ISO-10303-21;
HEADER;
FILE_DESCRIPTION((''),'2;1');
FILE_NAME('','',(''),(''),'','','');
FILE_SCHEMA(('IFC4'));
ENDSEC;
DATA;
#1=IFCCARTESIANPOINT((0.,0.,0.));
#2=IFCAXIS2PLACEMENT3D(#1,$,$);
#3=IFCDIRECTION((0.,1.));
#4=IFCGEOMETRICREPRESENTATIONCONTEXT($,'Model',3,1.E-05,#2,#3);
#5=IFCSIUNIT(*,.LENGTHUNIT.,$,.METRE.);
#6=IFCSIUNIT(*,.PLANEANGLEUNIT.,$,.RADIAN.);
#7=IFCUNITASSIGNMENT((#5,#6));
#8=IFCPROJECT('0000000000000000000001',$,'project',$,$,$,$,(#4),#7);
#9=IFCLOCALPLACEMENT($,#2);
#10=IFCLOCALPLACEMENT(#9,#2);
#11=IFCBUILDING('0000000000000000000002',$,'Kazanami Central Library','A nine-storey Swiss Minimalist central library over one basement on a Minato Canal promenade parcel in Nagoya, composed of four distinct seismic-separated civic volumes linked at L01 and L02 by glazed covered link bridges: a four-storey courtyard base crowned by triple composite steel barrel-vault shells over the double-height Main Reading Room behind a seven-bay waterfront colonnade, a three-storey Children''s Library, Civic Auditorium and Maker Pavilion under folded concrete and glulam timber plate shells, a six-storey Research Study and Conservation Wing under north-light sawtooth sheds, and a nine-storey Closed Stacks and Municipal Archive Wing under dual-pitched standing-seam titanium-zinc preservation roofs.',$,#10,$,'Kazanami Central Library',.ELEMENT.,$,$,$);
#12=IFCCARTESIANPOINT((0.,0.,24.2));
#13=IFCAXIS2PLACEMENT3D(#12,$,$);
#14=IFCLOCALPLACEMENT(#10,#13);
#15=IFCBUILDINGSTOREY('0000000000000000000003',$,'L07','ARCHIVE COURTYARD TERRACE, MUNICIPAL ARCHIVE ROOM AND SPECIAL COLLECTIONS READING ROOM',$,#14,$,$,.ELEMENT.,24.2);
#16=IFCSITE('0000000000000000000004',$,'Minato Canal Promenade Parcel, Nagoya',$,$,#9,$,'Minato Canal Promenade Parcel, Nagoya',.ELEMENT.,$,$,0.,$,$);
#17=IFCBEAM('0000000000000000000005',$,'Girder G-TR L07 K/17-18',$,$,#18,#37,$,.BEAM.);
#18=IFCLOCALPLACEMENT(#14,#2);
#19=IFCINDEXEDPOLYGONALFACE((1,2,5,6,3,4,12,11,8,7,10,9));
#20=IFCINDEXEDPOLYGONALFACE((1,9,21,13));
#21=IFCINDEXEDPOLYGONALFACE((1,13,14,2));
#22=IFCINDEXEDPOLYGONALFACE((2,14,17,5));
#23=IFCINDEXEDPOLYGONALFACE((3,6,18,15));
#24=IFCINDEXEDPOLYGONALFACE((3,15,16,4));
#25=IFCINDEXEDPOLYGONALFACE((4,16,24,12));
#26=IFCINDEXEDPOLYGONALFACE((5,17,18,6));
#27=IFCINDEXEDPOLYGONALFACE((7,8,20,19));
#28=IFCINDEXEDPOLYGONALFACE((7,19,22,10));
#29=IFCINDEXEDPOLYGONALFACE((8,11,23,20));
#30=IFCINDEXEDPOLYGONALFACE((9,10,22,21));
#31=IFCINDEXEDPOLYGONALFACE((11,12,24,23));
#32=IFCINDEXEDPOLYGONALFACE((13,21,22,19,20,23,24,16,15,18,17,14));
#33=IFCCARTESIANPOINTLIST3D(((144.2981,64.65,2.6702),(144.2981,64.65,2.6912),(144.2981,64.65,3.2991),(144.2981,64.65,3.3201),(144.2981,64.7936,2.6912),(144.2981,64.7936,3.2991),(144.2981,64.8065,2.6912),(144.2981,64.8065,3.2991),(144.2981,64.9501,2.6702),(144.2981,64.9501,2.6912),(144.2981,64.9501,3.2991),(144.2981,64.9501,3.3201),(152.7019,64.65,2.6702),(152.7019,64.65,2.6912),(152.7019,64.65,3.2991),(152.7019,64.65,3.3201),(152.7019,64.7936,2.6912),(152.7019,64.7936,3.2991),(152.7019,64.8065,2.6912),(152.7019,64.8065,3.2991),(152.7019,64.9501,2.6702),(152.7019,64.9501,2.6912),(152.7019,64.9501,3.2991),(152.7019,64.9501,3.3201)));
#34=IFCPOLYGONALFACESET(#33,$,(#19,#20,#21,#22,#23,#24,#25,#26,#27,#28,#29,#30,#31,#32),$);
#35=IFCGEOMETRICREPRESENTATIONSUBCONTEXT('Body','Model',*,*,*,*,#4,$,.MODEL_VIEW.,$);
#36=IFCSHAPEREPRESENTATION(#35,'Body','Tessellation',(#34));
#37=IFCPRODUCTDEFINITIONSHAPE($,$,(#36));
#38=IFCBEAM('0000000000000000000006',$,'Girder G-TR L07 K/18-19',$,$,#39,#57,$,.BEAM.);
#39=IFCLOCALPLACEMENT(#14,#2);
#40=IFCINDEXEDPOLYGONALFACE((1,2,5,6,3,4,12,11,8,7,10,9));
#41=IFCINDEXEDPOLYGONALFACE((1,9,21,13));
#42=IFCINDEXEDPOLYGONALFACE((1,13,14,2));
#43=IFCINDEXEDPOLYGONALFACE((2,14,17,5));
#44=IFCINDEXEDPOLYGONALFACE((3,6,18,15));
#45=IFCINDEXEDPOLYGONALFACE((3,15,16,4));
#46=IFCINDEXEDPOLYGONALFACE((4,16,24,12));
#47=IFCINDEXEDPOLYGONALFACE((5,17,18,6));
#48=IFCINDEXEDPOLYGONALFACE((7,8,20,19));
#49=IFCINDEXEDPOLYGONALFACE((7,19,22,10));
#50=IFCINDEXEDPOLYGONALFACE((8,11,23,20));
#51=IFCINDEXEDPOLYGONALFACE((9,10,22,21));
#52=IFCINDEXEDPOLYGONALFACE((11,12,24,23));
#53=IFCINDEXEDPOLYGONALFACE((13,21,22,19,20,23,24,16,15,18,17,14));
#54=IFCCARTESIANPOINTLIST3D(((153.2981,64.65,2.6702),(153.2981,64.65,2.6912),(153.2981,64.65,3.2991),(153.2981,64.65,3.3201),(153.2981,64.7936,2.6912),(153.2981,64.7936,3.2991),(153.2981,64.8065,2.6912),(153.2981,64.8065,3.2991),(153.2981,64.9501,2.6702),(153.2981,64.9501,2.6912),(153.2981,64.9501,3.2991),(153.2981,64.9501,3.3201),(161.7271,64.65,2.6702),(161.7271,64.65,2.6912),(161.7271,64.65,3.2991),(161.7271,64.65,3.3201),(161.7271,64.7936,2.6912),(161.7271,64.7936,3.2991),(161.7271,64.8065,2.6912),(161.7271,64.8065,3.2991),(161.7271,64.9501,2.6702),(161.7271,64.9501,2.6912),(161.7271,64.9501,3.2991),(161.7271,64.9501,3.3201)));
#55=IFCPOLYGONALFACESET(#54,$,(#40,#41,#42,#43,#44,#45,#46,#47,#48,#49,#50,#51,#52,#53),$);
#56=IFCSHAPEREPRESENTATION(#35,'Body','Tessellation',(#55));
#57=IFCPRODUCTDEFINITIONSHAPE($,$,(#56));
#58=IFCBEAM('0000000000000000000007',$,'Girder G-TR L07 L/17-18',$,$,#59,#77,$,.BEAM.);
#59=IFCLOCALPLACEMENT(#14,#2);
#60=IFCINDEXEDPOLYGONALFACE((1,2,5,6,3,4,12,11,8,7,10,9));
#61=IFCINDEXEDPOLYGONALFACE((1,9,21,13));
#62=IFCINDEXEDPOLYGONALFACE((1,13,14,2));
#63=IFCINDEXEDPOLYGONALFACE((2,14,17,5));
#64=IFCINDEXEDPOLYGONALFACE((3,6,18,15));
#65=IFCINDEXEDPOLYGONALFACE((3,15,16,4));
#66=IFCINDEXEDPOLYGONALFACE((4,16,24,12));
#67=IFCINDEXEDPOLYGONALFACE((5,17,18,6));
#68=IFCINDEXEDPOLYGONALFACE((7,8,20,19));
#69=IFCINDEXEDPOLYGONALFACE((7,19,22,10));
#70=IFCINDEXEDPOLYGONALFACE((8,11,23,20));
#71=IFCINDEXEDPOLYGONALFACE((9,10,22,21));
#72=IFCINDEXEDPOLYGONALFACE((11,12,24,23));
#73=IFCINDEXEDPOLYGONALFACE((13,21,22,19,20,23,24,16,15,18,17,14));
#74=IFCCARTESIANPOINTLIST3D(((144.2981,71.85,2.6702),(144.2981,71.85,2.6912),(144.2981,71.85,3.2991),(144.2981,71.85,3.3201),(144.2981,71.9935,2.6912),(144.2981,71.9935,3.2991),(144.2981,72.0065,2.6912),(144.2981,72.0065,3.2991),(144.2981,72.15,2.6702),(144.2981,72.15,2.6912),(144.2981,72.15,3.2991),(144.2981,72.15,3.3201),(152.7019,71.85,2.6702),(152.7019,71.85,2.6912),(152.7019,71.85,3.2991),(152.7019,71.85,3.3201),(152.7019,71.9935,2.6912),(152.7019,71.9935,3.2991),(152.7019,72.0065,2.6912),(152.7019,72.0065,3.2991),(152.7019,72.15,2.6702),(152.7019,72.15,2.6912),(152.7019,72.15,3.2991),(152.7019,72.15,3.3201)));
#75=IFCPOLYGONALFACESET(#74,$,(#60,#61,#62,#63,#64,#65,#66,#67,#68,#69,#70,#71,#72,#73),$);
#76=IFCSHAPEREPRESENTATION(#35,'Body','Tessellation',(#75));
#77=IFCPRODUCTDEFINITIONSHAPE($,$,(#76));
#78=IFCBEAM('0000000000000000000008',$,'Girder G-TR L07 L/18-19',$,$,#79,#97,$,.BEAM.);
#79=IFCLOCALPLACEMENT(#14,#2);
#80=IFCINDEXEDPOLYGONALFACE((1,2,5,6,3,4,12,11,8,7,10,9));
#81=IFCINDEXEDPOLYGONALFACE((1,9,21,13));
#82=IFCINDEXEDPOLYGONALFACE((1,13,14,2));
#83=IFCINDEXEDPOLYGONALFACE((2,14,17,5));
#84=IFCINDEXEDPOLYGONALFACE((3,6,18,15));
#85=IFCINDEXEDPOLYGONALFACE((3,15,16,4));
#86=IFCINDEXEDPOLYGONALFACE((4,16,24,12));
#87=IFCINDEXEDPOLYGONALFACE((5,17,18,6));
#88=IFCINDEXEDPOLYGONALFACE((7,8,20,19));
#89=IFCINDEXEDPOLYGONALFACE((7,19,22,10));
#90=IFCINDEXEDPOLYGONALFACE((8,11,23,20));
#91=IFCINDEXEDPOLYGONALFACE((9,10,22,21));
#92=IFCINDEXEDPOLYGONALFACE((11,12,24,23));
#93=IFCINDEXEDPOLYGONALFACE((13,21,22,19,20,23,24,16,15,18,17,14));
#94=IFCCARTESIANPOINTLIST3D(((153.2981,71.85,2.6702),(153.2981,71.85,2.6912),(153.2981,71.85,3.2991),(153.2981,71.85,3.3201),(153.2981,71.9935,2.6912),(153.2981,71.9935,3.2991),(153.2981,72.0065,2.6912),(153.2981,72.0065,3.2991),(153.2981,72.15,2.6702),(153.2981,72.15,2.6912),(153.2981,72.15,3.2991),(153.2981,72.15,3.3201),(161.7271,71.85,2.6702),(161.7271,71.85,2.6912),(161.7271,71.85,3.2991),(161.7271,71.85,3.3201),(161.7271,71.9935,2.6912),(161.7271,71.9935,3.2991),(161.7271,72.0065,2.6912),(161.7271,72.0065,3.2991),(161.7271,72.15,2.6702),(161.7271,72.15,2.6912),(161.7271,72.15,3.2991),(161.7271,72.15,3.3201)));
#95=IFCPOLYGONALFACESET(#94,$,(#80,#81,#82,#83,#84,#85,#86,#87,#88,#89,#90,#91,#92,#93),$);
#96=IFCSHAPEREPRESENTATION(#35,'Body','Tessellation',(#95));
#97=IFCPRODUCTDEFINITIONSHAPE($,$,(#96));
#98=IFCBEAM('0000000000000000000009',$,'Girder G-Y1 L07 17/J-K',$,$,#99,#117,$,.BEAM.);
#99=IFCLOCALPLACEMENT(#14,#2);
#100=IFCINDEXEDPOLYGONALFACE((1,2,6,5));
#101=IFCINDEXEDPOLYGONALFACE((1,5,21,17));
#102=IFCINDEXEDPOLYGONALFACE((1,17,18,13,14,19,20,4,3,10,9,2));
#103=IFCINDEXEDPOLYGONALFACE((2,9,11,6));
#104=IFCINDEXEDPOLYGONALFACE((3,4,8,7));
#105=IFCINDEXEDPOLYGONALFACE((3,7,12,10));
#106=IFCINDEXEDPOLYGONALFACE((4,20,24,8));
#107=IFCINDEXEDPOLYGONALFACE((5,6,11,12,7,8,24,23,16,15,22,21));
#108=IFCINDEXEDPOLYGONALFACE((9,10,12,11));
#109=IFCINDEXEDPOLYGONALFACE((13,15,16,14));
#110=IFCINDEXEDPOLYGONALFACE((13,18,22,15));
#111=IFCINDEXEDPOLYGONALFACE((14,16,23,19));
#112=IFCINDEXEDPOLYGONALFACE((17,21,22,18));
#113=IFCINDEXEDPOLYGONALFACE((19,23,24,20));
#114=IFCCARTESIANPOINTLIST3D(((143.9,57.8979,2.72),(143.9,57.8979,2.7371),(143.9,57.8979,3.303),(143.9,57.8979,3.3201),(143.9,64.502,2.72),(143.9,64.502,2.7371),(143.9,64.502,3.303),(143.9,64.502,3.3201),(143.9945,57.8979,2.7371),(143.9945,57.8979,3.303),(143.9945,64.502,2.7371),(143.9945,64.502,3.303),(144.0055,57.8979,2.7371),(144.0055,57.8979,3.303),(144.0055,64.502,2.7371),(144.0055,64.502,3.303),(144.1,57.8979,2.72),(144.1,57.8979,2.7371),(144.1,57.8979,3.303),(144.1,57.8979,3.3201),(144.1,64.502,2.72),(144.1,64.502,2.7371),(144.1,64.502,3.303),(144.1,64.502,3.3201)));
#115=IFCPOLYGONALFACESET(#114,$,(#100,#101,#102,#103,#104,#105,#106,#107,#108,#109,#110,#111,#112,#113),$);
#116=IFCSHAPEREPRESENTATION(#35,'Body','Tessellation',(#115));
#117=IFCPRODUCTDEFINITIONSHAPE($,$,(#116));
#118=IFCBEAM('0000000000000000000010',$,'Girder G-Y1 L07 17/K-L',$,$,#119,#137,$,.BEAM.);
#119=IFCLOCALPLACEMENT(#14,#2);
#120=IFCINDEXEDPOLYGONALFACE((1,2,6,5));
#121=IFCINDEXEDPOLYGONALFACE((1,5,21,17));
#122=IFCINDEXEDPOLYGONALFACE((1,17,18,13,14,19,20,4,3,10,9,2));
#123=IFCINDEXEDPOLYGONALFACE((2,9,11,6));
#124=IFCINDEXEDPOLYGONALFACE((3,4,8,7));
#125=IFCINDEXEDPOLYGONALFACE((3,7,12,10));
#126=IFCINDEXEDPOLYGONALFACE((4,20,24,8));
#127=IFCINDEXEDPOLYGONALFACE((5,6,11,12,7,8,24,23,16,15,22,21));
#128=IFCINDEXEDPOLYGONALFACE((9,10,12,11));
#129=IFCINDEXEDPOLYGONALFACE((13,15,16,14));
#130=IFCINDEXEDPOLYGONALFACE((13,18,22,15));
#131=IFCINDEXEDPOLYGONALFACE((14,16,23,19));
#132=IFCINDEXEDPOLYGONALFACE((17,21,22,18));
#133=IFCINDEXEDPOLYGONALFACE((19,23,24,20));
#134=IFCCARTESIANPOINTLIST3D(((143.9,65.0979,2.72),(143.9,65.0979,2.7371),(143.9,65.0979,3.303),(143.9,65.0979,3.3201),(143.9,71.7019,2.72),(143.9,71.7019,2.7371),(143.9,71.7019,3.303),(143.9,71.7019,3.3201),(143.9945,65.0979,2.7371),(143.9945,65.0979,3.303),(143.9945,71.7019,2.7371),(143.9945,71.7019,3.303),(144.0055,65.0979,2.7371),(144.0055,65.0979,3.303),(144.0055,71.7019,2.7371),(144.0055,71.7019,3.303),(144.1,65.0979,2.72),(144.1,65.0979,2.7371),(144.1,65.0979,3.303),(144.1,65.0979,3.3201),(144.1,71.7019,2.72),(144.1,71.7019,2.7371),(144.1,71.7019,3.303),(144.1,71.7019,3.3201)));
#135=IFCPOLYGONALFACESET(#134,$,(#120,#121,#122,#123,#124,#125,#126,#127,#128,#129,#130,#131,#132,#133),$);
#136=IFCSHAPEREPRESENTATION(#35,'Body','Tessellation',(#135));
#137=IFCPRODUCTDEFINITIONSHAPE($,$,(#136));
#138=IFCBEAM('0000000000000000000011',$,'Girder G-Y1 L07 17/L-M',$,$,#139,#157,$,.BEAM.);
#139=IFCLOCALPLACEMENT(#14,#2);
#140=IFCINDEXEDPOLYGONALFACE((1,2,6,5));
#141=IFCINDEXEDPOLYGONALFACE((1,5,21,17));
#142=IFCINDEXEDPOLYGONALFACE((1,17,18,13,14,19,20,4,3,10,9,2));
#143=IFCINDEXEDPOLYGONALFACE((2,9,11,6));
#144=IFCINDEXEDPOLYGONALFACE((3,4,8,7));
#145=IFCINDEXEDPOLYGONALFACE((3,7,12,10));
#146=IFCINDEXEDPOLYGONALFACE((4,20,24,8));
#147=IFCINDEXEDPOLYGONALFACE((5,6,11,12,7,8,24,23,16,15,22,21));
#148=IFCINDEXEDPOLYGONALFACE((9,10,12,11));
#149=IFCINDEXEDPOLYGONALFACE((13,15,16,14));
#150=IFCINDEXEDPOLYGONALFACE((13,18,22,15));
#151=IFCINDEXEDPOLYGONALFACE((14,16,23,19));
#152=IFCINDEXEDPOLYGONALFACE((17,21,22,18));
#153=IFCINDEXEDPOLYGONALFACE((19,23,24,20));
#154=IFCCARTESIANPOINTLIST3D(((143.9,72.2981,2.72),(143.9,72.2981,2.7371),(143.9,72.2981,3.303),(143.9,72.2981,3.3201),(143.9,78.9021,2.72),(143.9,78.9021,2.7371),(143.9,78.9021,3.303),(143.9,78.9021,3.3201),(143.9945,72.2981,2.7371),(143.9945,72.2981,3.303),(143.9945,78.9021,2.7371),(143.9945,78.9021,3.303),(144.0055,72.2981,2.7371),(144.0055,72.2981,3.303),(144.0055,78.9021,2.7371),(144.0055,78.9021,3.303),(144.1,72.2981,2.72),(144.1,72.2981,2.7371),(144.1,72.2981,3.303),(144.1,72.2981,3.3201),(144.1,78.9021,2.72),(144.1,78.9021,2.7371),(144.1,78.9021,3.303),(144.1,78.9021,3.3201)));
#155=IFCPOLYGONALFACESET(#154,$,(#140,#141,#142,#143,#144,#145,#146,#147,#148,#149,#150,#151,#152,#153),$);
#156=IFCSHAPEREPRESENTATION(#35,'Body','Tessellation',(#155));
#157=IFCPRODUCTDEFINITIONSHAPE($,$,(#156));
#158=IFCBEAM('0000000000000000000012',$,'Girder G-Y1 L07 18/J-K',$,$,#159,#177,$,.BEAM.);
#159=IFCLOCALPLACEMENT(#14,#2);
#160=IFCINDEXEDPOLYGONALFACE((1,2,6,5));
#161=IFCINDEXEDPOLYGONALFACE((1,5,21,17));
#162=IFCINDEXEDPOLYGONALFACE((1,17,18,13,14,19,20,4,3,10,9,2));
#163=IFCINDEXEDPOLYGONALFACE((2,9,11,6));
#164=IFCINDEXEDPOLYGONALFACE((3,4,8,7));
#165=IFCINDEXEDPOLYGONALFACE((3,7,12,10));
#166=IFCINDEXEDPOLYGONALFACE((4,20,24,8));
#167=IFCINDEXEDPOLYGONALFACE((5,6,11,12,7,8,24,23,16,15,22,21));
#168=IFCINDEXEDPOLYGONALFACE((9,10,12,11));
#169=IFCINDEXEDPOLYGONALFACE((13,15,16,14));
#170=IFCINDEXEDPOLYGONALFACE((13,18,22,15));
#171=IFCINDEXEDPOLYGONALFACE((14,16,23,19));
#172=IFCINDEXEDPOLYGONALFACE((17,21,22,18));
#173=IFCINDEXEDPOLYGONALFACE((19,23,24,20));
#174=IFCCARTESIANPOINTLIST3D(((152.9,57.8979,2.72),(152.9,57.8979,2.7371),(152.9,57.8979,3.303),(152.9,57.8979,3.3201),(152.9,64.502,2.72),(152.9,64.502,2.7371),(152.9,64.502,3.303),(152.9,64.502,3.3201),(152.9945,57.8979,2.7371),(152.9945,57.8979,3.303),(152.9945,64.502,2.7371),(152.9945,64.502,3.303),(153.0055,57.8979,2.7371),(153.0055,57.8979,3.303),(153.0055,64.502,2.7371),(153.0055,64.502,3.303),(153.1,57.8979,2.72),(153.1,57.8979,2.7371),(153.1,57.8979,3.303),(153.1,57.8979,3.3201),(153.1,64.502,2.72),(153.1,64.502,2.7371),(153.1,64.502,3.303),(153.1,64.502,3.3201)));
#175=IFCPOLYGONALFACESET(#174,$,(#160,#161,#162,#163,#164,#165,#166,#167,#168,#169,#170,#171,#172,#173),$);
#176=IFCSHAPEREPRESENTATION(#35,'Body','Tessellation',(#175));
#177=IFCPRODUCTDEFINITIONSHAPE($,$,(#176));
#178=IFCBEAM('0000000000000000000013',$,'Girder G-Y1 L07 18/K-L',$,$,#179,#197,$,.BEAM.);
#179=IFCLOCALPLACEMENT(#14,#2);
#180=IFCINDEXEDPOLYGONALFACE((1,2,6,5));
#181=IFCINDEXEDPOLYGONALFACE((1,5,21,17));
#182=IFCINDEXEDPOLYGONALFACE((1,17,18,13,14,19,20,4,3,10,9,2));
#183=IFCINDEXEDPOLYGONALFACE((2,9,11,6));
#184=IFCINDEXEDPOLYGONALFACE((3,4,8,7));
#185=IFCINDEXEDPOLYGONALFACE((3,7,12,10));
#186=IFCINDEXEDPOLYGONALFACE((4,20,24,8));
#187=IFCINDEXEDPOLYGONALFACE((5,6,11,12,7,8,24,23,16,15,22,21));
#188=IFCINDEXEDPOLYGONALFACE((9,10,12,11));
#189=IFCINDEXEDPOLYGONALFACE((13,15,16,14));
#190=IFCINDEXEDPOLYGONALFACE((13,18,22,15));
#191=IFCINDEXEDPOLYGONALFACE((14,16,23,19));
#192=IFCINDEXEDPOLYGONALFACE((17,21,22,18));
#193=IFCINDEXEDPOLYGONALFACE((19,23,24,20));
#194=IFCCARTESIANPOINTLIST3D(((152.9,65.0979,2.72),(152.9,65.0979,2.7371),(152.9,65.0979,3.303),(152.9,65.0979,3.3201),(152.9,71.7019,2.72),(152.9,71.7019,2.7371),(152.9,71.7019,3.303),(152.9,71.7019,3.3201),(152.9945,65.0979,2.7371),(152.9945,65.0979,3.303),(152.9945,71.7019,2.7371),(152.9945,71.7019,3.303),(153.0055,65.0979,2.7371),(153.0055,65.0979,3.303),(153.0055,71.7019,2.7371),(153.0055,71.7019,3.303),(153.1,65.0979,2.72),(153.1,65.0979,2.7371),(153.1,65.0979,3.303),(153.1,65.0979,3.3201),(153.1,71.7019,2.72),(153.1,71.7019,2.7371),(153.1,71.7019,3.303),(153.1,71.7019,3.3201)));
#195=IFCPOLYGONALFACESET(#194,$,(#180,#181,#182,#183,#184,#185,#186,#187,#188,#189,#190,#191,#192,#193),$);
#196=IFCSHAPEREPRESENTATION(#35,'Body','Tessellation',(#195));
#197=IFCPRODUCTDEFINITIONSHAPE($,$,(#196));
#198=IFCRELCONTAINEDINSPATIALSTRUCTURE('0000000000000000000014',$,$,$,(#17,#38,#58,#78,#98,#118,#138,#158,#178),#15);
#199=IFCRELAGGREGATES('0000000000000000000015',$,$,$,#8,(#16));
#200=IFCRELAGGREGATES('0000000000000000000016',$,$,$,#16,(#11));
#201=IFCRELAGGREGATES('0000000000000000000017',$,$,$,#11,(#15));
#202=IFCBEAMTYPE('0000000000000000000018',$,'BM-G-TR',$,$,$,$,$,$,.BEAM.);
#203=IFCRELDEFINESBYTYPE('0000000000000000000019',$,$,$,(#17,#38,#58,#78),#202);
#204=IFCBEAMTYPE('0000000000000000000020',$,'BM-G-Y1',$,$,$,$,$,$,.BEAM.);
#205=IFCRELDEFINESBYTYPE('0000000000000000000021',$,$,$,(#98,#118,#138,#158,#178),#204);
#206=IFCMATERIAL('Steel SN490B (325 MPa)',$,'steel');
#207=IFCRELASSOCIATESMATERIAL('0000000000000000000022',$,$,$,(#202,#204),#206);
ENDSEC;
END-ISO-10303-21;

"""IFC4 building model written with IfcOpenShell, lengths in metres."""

from ifc_helpers import new_model, si_unit, direction, frame, origin, origin_2d, place, context, subcontext, project, spatial, i_section, extrude, material, material_profile, profile_set, type_object, element, save


model = new_model("IFC4")

# Units and contexts
model_context = context("Model", 3, precision=1e-05, world=origin(), true_north=direction((0.0, 1.0)))
body_context = subcontext(model_context, "Body", "Model", "MODEL_VIEW")
ifc_project = project(units=[si_unit("LENGTHUNIT", "METRE"), si_unit("PLANEANGLEUNIT", "RADIAN")], contexts=[model_context])

# Site, building, storey
site_placement = place(None, origin())
site = spatial("IfcSite", under=ifc_project, at=site_placement, Name="Minato Canal Promenade Parcel, Nagoya", LongName="Minato Canal Promenade Parcel, Nagoya", CompositionType="ELEMENT", RefElevation=0.0)
building_placement = place(site_placement, origin())
building = spatial("IfcBuilding", under=site, at=building_placement, Name="Kazanami Central Library", Description="A nine-storey Swiss Minimalist central library over one basement on a Minato Canal promenade parcel in Nagoya, composed of four distinct seismic-separated civic volumes linked at L01 and L02 by glazed covered link bridges: a four-storey courtyard base crowned by triple composite steel barrel-vault shells over the double-height Main Reading Room behind a seven-bay waterfront colonnade, a three-storey Children's Library, Civic Auditorium and Maker Pavilion under folded concrete and glulam timber plate shells, a six-storey Research Study and Conservation Wing under north-light sawtooth sheds, and a nine-storey Closed Stacks and Municipal Archive Wing under dual-pitched standing-seam titanium-zinc preservation roofs.", LongName="Kazanami Central Library", CompositionType="ELEMENT")
storey_placement = place(building_placement, frame((0.0, 0.0, 24.2)))
storey = spatial("IfcBuildingStorey", under=building, at=storey_placement, Name="L07", Description="ARCHIVE COURTYARD TERRACE, MUNICIPAL ARCHIVE ROOM AND SPECIAL COLLECTIONS READING ROOM", CompositionType="ELEMENT", Elevation=24.2)

# Beams
ifc_material_1 = material(Name="Steel SN490B (325 MPa)", Category="steel")
ifc_material_profile_1 = material_profile(ifc_material_1, i_section(OverallWidth=0.3, OverallDepth=0.6499, WebThickness=0.0129, FlangeThickness=0.021, at=origin_2d()), Name="H-650x300x13x21")
ifc_profile_set_1 = profile_set([ifc_material_profile_1], Name="Steel SN490B (325 MPa)")
beam_type_1 = type_object("IfcBeamType", Name="BM-G-TR", PredefinedType="BEAM", material=ifc_profile_set_1)
beam_1_placement = place(storey_placement, frame((144.2981, 64.8, 2.9951), z_axis=(1.0, 0.0, 0.0), x_axis=(0.0, 1.0, 0.0)))
element("IfcBeam", 1, at=beam_1_placement, inside=storey, type_object=beam_type_1, Name="Girder G-TR L07 K/17-18", PredefinedType="BEAM", context=body_context, shape_type="SweptSolid", body=[
    extrude(i_section(OverallWidth=0.3, OverallDepth=0.6499, WebThickness=0.0129, FlangeThickness=0.021, at=origin_2d()), origin(), (0.0, 0.0, 1.0), 8.4038),
])
beam_2_placement = place(storey_placement, frame((153.2981, 64.8, 2.9951), z_axis=(1.0, 0.0, 0.0), x_axis=(0.0, 1.0, 0.0)))
element("IfcBeam", 2, at=beam_2_placement, inside=storey, type_object=beam_type_1, Name="Girder G-TR L07 K/18-19", PredefinedType="BEAM", context=body_context, shape_type="SweptSolid", body=[
    extrude(i_section(OverallWidth=0.3, OverallDepth=0.6499, WebThickness=0.0129, FlangeThickness=0.021, at=origin_2d()), origin(), (0.0, 0.0, 1.0), 8.429),
])
beam_3_placement = place(storey_placement, frame((144.2981, 72.0, 2.9951), z_axis=(1.0, 0.0, 0.0), x_axis=(0.0, 1.0, 0.0)))
element("IfcBeam", 3, at=beam_3_placement, inside=storey, type_object=beam_type_1, Name="Girder G-TR L07 L/17-18", PredefinedType="BEAM", context=body_context, shape_type="SweptSolid", body=[
    extrude(i_section(OverallWidth=0.3, OverallDepth=0.6499, WebThickness=0.0129, FlangeThickness=0.021, at=origin_2d()), origin(), (0.0, 0.0, 1.0), 8.4038),
])
beam_4_placement = place(storey_placement, frame((153.2981, 72.0, 2.9951), z_axis=(1.0, 0.0, 0.0), x_axis=(0.0, 1.0, 0.0)))
element("IfcBeam", 4, at=beam_4_placement, inside=storey, type_object=beam_type_1, Name="Girder G-TR L07 L/18-19", PredefinedType="BEAM", context=body_context, shape_type="SweptSolid", body=[
    extrude(i_section(OverallWidth=0.3, OverallDepth=0.6499, WebThickness=0.0129, FlangeThickness=0.021, at=origin_2d()), origin(), (0.0, 0.0, 1.0), 8.429),
])
ifc_material_profile_2 = material_profile(ifc_material_1, i_section(OverallWidth=0.2, OverallDepth=0.6001, WebThickness=0.011, FlangeThickness=0.0171, at=origin_2d()), Name="H-600x200x11x17")
ifc_profile_set_2 = profile_set([ifc_material_profile_2], Name="Steel SN490B (325 MPa)")
beam_type_2 = type_object("IfcBeamType", Name="BM-G-Y1", PredefinedType="BEAM", material=ifc_profile_set_2)
for number, where, z_axis, x_axis, name in (
    (5, (144.0, 57.8979, 3.02), (0.0, 1.0, 0.0), (-1.0, 0.0, 0.0), "Girder G-Y1 L07 17/J-K"),
    (6, (144.0, 65.0979, 3.02), (0.0, 1.0, 0.0), (-1.0, 0.0, 0.0), "Girder G-Y1 L07 17/K-L"),
    (7, (144.0, 72.2981, 3.02), (0.0, 1.0, 0.0), (-1.0, 0.0, 0.0), "Girder G-Y1 L07 17/L-M"),
    (8, (153.0, 57.8979, 3.02), (0.0, 1.0, 0.0), (-1.0, 0.0, 0.0), "Girder G-Y1 L07 18/J-K"),
    (9, (153.0, 65.0979, 3.02), (0.0, 1.0, 0.0), (-1.0, 0.0, 0.0), "Girder G-Y1 L07 18/K-L"),
):
    element("IfcBeam", number, at=place(storey_placement, frame(where, z_axis=z_axis, x_axis=x_axis)), inside=storey, type_object=beam_type_2, Name=name, PredefinedType="BEAM", context=body_context, shape_type="SweptSolid", body=[
        extrude(i_section(OverallWidth=0.2, OverallDepth=0.6001, WebThickness=0.011, FlangeThickness=0.0171, at=origin_2d()), origin(), (0.0, 0.0, 1.0), 6.604),
    ])

save(model, "model.ifc")
